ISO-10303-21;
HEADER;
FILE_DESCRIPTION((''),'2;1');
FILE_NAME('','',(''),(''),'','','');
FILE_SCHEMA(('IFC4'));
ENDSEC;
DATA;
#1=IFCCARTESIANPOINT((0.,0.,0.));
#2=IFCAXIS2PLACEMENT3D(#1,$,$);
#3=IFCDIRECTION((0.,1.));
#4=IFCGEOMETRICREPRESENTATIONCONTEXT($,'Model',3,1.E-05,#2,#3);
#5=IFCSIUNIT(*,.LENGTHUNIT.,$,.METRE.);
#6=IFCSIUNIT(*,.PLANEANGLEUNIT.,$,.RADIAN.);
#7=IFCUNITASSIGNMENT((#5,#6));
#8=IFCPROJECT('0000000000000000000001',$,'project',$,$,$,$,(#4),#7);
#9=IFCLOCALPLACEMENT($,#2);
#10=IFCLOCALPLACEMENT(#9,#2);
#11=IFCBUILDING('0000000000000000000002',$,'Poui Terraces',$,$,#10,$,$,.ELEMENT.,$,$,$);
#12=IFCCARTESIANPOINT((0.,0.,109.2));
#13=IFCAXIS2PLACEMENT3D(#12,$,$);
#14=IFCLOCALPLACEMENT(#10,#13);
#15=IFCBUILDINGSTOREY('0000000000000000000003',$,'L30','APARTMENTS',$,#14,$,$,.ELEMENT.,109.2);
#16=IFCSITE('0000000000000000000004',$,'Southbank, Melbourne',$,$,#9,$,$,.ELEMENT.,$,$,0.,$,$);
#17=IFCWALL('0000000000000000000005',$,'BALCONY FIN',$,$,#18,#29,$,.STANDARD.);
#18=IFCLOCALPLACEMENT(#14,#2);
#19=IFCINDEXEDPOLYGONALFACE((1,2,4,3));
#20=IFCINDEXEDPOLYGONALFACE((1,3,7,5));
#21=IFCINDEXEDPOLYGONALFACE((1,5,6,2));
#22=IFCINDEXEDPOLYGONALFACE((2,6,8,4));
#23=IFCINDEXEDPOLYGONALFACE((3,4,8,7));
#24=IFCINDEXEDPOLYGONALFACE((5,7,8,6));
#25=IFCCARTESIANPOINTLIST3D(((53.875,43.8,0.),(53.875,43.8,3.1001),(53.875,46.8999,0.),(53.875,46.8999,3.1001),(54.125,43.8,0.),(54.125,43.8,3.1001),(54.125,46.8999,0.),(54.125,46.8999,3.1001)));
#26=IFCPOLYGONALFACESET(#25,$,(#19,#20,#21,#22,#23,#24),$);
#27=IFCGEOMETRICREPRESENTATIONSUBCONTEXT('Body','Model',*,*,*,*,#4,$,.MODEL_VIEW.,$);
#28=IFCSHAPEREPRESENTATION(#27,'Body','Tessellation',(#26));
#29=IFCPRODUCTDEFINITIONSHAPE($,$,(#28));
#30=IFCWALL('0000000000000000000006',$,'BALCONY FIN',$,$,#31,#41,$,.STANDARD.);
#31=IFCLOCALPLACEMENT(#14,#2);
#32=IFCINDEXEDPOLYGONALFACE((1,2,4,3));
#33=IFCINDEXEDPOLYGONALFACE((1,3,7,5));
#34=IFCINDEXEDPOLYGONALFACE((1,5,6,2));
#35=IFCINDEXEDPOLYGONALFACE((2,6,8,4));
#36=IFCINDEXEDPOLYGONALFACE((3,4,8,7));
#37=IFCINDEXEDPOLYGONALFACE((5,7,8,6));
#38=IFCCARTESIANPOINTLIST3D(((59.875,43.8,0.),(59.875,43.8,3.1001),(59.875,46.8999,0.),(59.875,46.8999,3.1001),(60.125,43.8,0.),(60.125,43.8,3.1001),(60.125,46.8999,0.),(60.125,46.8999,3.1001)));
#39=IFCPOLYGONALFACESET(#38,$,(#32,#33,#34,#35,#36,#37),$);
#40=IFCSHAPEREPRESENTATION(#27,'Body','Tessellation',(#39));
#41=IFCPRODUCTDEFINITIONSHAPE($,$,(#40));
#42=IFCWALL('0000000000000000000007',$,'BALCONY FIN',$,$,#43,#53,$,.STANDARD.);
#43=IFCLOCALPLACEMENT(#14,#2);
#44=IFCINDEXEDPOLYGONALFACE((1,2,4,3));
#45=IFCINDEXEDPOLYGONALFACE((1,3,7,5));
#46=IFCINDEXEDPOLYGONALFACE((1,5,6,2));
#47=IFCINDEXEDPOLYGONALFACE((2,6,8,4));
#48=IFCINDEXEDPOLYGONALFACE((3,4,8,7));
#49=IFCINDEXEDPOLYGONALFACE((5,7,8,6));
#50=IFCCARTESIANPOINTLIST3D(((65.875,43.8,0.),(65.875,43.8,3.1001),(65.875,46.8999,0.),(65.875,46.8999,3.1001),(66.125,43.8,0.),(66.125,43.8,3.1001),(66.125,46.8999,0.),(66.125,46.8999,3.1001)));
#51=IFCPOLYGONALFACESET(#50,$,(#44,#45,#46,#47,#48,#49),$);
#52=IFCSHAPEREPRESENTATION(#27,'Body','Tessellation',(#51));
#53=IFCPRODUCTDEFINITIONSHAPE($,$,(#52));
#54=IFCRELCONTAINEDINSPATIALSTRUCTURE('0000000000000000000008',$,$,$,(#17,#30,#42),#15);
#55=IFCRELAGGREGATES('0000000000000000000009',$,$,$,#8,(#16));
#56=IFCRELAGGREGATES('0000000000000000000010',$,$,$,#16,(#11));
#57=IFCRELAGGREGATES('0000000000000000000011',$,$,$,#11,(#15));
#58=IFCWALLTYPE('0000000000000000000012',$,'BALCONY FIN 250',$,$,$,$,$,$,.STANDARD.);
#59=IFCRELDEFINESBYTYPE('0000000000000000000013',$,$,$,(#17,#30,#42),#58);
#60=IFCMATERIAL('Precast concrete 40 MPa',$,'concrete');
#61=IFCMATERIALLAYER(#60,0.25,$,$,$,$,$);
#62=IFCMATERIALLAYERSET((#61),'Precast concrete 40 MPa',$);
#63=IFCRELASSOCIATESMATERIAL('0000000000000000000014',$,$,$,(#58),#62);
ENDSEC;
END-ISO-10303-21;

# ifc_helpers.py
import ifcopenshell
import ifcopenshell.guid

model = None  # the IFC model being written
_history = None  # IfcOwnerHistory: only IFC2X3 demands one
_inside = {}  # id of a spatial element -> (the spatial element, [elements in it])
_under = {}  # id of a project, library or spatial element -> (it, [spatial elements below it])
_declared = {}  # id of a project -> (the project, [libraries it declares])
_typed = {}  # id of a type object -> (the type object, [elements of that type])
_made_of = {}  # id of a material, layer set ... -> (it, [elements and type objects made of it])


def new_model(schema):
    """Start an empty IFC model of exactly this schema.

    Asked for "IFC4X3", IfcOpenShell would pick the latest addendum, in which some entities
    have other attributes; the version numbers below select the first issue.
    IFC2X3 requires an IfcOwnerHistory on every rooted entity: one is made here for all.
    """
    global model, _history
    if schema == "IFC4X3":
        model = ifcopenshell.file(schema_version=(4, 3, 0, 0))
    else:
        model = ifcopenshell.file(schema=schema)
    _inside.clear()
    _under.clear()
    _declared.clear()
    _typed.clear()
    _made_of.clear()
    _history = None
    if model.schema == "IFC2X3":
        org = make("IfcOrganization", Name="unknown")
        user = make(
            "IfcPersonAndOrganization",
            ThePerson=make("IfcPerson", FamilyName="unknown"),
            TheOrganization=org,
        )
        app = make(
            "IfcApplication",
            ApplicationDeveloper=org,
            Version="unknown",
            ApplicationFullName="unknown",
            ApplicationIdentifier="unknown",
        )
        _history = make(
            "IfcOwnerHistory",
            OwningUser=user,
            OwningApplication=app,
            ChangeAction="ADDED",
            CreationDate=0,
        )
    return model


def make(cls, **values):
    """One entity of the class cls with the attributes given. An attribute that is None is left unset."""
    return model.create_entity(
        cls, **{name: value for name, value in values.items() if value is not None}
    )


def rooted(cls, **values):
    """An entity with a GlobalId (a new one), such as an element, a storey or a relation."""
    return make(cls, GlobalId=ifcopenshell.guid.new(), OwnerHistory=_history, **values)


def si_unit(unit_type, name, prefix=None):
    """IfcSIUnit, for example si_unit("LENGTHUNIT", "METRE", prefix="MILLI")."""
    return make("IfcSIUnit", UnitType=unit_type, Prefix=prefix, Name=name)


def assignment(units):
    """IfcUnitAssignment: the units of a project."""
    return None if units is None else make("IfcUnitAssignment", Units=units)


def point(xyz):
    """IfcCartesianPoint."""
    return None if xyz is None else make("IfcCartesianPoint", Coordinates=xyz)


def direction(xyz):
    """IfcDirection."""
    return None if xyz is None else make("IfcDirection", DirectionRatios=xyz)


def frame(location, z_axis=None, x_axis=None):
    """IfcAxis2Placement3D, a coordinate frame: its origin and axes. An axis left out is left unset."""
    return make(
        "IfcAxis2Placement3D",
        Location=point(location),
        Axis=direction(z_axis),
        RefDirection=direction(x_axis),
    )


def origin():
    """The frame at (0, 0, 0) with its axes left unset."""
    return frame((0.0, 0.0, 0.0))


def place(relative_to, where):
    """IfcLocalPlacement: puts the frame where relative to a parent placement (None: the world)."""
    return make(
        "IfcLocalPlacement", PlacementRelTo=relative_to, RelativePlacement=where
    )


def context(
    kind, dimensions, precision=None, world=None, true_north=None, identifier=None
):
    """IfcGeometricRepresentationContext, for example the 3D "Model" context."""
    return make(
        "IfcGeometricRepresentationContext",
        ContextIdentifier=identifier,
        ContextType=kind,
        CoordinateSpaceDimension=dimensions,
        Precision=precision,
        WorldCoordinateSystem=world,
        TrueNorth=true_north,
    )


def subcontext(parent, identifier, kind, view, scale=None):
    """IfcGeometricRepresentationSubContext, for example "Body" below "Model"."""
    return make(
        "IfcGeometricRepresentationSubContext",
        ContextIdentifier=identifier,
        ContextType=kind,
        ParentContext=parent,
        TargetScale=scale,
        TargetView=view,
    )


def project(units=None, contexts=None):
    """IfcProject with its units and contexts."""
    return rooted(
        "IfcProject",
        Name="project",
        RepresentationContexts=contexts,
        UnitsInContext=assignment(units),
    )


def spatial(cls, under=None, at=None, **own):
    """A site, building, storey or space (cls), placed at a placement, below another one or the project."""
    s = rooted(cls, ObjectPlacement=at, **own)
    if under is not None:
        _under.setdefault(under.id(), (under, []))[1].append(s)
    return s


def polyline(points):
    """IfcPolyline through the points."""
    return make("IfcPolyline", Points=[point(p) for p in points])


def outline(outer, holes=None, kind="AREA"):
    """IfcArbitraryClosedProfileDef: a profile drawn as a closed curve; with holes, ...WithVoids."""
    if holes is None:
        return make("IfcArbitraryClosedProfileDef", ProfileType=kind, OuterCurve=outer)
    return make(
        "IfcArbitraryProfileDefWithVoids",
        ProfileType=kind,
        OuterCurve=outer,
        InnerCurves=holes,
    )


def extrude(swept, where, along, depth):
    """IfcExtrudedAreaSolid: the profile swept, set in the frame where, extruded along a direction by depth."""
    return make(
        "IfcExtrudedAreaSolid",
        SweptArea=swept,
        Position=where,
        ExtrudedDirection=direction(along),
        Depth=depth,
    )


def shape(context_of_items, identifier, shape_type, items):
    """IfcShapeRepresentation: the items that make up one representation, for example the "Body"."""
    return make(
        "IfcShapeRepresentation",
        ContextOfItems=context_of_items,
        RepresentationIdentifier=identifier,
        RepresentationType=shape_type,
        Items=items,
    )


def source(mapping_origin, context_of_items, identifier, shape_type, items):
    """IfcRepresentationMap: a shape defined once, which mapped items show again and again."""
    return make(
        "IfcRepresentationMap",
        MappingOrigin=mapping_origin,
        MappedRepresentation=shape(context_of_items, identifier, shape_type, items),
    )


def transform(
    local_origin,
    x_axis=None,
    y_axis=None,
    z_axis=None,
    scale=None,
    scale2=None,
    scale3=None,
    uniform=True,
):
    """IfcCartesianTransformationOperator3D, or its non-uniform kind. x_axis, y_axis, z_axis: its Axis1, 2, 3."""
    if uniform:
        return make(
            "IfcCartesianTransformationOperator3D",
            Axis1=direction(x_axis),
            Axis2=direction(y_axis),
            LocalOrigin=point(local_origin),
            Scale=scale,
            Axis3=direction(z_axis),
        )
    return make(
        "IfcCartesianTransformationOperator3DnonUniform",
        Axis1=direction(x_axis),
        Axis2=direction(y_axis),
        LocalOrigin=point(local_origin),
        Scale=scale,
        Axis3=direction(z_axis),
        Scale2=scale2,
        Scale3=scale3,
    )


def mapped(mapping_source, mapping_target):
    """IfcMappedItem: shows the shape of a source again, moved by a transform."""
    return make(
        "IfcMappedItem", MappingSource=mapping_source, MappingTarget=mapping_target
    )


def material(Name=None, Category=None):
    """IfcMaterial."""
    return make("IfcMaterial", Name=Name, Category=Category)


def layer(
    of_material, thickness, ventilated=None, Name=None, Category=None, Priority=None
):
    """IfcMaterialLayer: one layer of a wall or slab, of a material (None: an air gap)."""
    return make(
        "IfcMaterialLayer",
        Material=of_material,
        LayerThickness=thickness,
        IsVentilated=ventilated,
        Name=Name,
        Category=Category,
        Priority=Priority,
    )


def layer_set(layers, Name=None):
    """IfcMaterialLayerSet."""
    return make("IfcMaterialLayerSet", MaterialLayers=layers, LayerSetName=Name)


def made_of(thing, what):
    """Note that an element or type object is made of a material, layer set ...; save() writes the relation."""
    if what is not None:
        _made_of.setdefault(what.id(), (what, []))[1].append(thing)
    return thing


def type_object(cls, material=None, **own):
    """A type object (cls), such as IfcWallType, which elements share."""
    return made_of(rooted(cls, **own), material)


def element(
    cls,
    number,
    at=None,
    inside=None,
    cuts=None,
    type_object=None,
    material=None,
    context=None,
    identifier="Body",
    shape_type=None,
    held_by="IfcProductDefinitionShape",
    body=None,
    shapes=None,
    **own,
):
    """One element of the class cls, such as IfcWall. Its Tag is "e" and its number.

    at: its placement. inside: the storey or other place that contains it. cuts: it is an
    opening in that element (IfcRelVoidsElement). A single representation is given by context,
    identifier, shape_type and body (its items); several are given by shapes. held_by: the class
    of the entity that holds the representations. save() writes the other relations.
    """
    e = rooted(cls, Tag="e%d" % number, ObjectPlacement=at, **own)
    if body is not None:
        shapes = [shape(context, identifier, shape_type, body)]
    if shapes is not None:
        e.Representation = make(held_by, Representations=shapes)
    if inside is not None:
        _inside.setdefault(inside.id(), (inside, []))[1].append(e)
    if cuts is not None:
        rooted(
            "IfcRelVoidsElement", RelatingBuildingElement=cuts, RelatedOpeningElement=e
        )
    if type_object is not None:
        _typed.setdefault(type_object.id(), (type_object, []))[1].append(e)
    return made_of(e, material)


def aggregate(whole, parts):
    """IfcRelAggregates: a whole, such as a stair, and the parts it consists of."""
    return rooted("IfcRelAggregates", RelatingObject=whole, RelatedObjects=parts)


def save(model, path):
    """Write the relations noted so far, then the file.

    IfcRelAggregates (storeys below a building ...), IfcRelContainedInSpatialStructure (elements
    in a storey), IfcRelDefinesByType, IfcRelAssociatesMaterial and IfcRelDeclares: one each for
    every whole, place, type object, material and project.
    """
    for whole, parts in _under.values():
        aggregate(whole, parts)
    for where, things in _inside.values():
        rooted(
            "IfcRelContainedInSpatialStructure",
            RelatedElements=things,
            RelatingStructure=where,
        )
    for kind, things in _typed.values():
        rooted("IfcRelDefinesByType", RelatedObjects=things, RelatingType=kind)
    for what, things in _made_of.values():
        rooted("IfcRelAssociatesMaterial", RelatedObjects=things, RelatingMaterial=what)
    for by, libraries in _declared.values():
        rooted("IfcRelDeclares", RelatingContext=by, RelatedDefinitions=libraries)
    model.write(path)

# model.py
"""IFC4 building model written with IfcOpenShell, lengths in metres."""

from ifc_helpers import new_model, si_unit, direction, frame, origin, place, context, subcontext, project, spatial, polyline, outline, extrude, source, transform, mapped, material, layer, layer_set, type_object, element, save


model = new_model("IFC4")

# Units and contexts
model_context = context("Model", 3, precision=1e-05, world=origin(), true_north=direction((0.0, 1.0)))
body_context = subcontext(model_context, "Body", "Model", "MODEL_VIEW")
ifc_project = project(units=[si_unit("LENGTHUNIT", "METRE"), si_unit("PLANEANGLEUNIT", "RADIAN")], contexts=[model_context])

# Site, building, storey
site_placement = place(None, origin())
site = spatial("IfcSite", under=ifc_project, at=site_placement, Name="Southbank, Melbourne", CompositionType="ELEMENT", RefElevation=0.0)
building_placement = place(site_placement, origin())
building = spatial("IfcBuilding", under=site, at=building_placement, Name="Poui Terraces", CompositionType="ELEMENT")
storey_placement = place(building_placement, frame((0.0, 0.0, 109.2)))
storey = spatial("IfcBuildingStorey", under=building, at=storey_placement, Name="L30", Description="APARTMENTS", CompositionType="ELEMENT", Elevation=109.2)

# Walls
ifc_material_1 = material(Name="Precast concrete 40 MPa", Category="concrete")
ifc_layer_1 = layer(ifc_material_1, 0.25)
ifc_layer_set_1 = layer_set([ifc_layer_1], Name="Precast concrete 40 MPa")
wall_type_1 = type_object("IfcWallType", Name="BALCONY FIN 250", PredefinedType="STANDARD", material=ifc_layer_set_1)
shared_shape_1 = source(origin(), body_context, "Body", "SweptSolid", [
    extrude(outline(polyline([(0.0, 0.0), (0.25, 0.0), (0.25, 3.0999), (0.0, 3.0999), (0.0, 0.0)])), origin(), (0.0, 0.0, 1.0), 3.1001),
])
for number, where, name in (
    (1, (53.875, 43.8, 0.0), "BALCONY FIN"),
    (2, (59.875, 43.8, 0.0), "BALCONY FIN"),
    (3, (65.875, 43.8, 0.0), "BALCONY FIN"),
):
    element("IfcWall", number, at=place(storey_placement, frame(where)), inside=storey, type_object=wall_type_1, Name=name, PredefinedType="STANDARD", context=body_context, shape_type="MappedRepresentation", body=[
        mapped(shared_shape_1, transform((0.0, 0.0, 0.0))),
    ])

save(model, "model.ifc")
